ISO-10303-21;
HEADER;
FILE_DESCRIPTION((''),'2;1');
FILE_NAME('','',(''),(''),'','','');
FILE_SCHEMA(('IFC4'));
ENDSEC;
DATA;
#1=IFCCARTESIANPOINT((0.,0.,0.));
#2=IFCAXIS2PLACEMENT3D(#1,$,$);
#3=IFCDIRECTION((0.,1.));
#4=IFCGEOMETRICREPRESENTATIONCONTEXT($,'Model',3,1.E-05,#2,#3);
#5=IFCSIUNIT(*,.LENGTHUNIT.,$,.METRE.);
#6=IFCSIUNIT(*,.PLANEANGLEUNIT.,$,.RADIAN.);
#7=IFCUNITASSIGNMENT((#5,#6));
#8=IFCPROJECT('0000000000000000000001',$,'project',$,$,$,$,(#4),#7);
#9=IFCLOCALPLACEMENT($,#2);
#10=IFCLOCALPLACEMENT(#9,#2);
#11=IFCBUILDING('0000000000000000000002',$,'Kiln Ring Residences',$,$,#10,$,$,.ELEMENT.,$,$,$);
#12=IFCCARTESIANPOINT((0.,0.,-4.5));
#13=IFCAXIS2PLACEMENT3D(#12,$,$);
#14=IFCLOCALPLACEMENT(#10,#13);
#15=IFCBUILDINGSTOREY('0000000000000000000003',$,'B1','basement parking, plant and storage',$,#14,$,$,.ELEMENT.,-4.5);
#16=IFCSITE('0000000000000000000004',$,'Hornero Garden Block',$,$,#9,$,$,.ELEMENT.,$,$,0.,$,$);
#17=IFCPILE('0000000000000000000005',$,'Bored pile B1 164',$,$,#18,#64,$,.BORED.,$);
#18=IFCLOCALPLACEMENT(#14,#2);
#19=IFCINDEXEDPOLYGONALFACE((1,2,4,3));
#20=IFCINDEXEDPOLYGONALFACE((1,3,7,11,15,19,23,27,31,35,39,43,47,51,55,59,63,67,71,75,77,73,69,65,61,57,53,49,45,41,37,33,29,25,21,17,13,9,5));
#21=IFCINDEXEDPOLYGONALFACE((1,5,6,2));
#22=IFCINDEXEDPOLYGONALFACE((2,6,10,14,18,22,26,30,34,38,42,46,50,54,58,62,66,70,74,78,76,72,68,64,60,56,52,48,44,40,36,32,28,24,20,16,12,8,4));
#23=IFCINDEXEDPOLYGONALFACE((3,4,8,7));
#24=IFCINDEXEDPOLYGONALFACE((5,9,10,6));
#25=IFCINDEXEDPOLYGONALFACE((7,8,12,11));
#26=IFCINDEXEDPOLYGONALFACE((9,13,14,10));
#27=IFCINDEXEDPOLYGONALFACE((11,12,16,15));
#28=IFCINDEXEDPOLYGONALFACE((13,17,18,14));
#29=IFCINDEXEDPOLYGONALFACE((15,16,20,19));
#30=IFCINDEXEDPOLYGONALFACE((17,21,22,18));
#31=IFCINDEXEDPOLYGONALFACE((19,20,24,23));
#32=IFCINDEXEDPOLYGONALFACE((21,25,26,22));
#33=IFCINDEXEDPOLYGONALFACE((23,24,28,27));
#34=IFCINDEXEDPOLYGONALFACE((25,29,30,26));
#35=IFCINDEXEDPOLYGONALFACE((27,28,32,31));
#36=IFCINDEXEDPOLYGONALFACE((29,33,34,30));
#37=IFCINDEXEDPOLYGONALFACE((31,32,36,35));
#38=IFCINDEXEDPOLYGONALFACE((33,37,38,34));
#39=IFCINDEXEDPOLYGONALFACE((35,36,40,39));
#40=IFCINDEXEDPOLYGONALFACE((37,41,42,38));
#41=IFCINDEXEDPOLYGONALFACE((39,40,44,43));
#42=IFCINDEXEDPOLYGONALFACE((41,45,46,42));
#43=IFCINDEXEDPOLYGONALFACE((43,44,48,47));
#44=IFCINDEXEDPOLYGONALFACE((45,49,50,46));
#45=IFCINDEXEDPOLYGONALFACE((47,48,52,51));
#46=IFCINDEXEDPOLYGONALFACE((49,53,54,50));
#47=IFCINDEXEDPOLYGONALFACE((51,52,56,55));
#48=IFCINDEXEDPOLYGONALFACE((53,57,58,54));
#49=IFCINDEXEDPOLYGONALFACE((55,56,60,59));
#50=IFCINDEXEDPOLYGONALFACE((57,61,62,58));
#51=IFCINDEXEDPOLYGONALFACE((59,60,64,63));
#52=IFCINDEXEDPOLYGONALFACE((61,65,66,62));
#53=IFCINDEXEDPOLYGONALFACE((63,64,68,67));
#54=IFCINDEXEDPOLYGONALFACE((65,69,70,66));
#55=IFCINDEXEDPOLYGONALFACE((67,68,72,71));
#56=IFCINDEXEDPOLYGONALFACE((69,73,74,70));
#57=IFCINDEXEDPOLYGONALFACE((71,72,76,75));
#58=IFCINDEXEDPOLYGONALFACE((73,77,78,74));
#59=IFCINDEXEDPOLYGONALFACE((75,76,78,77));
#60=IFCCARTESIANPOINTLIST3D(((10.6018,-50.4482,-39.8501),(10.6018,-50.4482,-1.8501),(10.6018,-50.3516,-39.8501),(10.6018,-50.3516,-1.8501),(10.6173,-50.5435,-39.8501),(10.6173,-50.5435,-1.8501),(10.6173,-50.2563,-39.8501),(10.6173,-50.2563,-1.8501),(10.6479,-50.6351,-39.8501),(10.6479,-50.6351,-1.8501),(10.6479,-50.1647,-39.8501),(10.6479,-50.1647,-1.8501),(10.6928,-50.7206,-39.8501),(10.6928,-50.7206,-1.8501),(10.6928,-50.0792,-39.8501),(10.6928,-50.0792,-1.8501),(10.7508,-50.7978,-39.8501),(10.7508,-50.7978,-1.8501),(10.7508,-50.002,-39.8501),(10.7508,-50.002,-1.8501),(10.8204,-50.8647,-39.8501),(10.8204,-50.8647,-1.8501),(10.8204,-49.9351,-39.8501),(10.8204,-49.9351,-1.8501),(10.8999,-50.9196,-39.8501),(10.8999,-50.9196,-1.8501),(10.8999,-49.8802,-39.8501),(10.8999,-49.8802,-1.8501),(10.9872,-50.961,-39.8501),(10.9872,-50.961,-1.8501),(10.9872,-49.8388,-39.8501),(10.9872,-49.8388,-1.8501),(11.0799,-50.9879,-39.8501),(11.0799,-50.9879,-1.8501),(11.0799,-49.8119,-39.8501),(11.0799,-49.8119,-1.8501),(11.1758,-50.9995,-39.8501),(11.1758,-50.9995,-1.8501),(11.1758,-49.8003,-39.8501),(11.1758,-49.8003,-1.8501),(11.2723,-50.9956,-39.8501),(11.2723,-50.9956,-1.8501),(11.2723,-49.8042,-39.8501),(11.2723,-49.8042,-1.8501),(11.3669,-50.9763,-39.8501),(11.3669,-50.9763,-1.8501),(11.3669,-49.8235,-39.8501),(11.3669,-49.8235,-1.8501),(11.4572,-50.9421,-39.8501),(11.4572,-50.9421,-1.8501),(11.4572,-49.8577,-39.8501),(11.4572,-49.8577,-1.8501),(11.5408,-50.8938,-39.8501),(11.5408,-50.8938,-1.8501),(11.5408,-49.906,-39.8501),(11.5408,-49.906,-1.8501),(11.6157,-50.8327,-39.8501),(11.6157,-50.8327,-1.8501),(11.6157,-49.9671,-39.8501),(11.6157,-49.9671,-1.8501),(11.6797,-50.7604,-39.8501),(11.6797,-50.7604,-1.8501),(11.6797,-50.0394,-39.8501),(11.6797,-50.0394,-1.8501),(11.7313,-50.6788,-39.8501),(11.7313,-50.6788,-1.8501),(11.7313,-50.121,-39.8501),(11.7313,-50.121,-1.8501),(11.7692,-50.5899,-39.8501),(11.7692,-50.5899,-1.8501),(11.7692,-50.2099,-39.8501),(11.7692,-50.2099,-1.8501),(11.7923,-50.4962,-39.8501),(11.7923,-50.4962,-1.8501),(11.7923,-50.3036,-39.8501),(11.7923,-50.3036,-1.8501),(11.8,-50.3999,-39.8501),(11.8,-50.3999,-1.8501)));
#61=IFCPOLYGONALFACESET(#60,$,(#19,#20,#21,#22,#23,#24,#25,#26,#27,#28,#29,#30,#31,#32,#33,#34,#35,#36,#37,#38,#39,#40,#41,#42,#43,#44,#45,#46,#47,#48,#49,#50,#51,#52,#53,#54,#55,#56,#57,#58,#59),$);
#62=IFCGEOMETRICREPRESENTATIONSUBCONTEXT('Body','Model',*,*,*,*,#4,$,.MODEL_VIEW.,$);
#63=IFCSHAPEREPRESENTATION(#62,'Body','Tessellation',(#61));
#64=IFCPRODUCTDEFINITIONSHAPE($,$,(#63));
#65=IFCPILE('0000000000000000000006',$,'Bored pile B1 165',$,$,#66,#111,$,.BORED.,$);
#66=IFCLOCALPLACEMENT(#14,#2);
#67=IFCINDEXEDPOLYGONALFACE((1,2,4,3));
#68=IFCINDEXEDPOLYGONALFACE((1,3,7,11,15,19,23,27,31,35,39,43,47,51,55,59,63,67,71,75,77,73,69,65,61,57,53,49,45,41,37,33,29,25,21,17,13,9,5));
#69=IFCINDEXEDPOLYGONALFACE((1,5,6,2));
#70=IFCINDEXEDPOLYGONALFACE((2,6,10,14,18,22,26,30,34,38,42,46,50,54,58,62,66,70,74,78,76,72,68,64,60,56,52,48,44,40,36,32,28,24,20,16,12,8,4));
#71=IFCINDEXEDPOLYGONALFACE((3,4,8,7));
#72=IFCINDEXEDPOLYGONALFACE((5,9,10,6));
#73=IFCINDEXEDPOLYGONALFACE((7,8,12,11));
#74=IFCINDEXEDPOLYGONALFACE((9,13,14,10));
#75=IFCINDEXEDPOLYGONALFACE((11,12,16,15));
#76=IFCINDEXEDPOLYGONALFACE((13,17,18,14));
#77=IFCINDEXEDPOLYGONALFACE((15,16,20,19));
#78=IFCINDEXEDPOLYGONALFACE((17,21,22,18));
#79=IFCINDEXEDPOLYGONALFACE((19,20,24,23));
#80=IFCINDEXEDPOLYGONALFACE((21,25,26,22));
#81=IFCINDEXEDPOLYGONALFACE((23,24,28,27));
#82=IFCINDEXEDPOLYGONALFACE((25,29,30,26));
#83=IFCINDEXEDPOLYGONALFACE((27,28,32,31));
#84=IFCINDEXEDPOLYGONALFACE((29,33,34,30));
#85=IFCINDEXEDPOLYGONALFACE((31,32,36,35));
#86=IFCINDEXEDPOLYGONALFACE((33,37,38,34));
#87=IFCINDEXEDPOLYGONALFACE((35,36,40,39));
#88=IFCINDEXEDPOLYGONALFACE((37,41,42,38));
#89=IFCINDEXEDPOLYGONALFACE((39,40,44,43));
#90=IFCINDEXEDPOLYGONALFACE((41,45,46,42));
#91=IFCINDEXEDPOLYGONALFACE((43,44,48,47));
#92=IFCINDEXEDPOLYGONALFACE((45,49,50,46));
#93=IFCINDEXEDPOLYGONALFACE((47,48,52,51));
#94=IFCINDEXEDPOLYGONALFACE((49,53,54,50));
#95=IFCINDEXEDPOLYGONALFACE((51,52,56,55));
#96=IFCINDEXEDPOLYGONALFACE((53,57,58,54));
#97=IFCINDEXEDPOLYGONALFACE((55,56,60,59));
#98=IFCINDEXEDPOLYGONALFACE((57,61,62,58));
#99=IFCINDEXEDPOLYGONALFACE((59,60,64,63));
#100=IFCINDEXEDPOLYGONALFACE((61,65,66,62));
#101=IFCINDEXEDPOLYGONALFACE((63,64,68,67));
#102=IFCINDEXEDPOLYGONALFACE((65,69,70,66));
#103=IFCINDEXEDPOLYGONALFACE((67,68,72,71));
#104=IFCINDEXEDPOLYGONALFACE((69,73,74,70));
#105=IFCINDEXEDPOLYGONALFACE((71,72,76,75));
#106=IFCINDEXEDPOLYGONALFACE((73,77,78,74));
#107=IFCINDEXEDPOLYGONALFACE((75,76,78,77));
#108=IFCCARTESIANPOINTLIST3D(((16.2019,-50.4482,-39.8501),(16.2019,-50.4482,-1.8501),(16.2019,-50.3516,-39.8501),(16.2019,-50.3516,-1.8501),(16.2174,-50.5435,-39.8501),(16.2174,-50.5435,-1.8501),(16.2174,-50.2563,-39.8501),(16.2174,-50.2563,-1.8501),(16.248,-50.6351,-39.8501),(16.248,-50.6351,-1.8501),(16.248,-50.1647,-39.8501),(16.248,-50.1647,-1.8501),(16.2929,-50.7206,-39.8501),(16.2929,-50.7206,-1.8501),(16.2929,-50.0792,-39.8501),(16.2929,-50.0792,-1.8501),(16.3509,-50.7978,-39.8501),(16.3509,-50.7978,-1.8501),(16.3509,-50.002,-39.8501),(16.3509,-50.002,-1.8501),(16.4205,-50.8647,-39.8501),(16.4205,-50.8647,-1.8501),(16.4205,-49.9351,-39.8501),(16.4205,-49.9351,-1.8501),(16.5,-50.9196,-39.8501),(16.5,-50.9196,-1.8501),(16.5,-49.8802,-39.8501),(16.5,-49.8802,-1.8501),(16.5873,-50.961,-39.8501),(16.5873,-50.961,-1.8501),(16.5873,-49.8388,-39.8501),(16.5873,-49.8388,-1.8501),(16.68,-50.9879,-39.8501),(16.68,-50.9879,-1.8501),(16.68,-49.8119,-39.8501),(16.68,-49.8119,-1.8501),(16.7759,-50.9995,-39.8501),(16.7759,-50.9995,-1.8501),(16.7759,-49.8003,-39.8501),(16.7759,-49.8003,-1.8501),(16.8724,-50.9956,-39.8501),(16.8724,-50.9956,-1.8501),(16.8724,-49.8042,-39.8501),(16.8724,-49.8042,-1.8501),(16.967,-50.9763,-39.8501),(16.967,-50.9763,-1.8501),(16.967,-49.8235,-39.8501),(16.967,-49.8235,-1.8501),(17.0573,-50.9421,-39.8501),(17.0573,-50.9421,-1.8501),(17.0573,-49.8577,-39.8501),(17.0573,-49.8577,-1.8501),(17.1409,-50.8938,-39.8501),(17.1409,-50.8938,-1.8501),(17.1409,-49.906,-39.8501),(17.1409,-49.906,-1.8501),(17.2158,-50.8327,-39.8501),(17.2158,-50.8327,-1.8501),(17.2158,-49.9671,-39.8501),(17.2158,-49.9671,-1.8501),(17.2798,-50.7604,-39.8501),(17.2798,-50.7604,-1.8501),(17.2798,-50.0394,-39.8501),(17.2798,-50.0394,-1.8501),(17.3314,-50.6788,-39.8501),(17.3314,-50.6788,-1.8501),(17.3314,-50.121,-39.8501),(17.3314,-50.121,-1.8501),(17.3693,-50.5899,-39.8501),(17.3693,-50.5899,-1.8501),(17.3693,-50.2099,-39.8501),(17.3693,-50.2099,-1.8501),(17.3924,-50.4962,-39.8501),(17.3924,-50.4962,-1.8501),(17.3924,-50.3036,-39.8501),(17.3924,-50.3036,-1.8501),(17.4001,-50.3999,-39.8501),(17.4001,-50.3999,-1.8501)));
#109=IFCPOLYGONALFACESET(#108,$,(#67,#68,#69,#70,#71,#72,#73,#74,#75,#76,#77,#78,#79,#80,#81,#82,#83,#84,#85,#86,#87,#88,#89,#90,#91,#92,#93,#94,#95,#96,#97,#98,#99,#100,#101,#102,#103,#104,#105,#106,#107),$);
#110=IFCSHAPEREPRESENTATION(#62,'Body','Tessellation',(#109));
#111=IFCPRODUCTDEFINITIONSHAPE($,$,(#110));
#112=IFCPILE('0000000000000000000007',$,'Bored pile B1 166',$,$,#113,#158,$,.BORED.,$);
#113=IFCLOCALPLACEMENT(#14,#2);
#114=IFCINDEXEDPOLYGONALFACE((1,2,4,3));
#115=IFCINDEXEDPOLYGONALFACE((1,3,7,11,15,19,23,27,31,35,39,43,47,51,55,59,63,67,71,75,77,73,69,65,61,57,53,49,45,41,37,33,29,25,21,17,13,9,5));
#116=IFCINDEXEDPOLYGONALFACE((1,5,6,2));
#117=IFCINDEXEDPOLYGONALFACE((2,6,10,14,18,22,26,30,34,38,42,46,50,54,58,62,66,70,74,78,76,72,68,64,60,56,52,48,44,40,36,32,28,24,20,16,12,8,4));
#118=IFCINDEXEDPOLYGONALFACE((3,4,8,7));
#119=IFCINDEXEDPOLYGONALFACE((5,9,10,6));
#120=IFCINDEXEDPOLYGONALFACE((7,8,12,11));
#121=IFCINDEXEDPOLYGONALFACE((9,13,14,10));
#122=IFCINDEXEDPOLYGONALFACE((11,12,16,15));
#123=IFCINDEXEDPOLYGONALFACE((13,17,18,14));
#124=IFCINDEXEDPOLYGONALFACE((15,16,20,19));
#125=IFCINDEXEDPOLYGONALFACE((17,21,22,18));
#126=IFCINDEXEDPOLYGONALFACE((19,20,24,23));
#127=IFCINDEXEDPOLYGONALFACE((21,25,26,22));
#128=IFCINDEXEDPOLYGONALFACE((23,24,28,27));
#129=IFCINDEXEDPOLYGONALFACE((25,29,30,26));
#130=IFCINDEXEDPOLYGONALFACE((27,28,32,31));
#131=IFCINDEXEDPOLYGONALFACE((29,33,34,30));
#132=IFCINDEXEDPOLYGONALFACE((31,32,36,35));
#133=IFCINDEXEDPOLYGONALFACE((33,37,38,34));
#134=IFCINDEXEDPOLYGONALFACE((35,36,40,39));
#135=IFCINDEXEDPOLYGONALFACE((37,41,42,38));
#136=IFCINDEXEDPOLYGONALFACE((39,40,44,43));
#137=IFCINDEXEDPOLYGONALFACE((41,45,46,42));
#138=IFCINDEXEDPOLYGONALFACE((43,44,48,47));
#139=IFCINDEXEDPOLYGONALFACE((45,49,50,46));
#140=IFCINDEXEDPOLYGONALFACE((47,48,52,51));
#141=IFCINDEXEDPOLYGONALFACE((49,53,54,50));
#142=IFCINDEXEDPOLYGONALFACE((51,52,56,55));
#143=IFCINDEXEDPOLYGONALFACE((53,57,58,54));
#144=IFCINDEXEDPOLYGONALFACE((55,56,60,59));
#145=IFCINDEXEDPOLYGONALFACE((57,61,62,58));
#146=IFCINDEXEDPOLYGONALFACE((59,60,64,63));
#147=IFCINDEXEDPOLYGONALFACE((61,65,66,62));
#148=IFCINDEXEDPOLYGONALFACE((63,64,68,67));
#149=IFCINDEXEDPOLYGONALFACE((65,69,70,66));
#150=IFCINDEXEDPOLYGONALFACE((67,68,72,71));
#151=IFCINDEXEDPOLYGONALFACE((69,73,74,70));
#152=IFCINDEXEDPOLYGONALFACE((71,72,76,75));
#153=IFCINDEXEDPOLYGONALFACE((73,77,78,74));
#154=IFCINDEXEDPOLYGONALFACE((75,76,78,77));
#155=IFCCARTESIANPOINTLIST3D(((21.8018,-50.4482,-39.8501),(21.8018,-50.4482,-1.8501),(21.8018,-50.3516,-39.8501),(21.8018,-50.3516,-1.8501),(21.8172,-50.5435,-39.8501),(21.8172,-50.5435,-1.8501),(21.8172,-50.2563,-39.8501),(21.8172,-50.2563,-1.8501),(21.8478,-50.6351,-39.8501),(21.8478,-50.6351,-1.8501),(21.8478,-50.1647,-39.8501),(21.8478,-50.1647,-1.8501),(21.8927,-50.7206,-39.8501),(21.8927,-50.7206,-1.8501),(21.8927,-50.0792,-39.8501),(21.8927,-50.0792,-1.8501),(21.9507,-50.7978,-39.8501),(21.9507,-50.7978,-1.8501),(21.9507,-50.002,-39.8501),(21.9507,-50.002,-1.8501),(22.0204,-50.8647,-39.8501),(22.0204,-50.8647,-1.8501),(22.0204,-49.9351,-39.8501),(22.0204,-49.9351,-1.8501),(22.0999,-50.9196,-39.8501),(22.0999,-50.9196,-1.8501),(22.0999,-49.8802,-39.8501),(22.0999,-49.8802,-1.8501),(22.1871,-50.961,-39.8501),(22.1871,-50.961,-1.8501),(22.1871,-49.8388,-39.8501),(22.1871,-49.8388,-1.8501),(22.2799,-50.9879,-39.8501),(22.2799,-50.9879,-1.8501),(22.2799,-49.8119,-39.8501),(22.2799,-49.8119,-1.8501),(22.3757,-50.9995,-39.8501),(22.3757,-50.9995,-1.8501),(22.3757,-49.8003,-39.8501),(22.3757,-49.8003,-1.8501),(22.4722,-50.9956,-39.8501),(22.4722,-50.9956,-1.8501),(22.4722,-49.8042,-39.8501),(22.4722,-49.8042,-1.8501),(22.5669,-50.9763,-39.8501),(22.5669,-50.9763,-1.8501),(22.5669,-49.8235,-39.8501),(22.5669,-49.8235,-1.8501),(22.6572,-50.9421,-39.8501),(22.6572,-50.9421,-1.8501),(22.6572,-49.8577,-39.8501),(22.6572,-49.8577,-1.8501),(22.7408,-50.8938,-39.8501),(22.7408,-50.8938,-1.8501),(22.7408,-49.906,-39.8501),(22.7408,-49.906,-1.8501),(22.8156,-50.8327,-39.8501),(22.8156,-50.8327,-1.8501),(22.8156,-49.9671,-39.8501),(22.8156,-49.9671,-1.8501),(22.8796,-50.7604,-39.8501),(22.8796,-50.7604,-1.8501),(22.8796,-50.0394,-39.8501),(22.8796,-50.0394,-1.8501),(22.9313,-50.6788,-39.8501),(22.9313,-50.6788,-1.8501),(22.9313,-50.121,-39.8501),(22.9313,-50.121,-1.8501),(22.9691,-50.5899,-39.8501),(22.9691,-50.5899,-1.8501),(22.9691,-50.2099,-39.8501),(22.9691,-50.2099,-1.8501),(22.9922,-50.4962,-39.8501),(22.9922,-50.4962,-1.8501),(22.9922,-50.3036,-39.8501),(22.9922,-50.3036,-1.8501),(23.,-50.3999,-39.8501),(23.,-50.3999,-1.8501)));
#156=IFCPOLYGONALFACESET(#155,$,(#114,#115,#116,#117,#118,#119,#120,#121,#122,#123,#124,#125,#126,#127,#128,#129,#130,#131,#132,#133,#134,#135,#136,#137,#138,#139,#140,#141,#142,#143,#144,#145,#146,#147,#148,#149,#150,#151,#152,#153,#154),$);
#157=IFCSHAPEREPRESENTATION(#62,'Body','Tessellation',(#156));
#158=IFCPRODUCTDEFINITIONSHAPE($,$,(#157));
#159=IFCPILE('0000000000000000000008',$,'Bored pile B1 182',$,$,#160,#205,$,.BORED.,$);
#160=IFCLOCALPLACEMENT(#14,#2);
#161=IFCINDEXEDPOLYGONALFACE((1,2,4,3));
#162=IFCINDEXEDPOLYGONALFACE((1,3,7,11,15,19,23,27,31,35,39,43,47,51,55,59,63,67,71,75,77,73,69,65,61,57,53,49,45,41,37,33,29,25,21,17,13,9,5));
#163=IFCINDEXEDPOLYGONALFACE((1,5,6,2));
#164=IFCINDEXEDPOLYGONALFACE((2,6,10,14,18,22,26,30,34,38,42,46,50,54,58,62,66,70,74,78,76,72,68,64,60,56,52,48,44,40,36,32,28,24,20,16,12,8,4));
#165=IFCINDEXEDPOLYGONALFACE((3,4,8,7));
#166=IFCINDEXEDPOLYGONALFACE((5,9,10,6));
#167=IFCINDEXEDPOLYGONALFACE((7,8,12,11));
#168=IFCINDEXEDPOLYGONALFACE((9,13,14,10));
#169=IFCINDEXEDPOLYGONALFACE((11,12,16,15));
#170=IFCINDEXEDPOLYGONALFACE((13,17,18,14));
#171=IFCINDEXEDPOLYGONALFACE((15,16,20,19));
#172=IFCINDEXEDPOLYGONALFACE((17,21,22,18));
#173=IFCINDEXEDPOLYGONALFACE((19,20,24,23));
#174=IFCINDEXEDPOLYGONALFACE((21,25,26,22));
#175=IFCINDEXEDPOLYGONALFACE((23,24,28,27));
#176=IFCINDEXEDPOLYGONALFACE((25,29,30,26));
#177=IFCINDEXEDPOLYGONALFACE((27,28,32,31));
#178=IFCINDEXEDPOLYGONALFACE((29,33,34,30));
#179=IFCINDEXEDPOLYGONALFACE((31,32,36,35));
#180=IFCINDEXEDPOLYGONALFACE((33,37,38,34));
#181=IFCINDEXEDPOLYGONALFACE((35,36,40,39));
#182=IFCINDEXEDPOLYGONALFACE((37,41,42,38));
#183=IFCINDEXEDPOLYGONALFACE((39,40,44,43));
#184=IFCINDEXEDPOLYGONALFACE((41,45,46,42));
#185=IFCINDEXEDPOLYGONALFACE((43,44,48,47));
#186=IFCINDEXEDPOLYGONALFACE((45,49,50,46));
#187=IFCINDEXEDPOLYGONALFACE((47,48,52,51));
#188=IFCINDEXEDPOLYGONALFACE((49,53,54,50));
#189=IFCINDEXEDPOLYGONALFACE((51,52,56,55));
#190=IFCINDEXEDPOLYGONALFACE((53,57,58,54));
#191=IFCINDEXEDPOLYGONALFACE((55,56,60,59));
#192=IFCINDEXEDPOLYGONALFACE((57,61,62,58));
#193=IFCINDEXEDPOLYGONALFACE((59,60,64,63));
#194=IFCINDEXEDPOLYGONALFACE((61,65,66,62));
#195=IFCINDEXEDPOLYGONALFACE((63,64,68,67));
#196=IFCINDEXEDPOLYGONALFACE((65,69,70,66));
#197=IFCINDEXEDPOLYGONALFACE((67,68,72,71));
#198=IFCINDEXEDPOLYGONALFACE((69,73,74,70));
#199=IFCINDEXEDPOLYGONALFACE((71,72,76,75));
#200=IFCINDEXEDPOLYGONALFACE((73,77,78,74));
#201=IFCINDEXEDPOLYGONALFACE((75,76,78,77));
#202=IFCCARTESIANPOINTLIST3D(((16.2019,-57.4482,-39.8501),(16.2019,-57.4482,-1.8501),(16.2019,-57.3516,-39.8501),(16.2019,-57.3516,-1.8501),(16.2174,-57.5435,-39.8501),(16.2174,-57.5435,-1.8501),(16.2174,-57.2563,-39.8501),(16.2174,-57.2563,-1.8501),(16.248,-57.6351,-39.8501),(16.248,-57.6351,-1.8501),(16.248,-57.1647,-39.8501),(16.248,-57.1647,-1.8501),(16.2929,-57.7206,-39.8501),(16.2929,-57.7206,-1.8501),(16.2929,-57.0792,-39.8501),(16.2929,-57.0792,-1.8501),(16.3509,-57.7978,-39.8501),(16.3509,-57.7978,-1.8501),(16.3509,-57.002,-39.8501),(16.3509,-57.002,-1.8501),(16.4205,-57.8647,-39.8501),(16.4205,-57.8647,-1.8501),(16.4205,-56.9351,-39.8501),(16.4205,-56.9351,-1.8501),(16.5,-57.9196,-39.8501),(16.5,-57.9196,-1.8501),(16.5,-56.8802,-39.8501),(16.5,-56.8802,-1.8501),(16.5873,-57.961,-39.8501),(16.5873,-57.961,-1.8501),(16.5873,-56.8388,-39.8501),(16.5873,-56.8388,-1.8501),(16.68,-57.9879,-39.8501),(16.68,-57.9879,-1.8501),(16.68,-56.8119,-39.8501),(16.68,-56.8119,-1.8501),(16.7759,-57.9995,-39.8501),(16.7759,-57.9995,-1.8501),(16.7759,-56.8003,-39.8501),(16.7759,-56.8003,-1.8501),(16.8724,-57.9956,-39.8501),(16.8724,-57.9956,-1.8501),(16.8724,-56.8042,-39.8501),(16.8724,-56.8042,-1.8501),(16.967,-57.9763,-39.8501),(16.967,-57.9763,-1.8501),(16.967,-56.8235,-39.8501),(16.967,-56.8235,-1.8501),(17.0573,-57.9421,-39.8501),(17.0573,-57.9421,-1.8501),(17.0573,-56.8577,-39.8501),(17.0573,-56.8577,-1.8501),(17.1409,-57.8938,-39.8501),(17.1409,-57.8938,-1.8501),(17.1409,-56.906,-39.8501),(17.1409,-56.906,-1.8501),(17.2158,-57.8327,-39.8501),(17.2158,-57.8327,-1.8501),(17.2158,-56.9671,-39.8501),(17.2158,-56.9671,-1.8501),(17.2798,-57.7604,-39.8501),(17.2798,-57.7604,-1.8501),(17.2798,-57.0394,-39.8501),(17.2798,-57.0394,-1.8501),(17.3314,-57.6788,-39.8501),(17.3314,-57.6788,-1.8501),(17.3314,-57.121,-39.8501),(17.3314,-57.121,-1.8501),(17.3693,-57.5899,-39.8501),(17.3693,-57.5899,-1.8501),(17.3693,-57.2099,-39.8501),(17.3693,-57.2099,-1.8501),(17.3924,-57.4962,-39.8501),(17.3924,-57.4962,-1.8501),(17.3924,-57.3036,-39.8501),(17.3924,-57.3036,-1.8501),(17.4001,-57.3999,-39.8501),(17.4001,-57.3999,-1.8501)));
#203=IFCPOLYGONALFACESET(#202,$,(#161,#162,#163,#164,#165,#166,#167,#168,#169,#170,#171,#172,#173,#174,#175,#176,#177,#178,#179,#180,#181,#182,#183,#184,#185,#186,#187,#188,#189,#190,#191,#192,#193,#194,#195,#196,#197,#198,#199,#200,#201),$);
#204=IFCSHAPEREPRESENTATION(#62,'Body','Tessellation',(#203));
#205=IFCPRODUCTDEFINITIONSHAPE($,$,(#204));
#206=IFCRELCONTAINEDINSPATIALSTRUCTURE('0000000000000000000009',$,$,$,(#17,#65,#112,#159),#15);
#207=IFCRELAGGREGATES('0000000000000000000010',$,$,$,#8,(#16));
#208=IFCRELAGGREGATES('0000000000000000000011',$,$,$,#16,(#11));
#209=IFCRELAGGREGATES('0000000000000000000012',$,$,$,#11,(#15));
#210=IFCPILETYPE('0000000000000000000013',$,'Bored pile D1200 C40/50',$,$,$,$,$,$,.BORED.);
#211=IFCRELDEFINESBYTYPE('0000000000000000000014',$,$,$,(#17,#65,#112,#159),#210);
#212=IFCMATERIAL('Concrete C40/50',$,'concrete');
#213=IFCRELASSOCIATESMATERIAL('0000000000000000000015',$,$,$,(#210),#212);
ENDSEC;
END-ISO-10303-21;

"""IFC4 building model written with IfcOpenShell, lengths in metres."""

from ifc_helpers import new_model, si_unit, direction, frame, origin, origin_2d, place, context, subcontext, project, spatial, circle, extrude, material, material_profile, profile_set, type_object, element, save


model = new_model("IFC4")

# Units and contexts
model_context = context("Model", 3, precision=1e-05, world=origin(), true_north=direction((0.0, 1.0)))
body_context = subcontext(model_context, "Body", "Model", "MODEL_VIEW")
ifc_project = project(units=[si_unit("LENGTHUNIT", "METRE"), si_unit("PLANEANGLEUNIT", "RADIAN")], contexts=[model_context])

# Site, building, storey
site_placement = place(None, origin())
site = spatial("IfcSite", under=ifc_project, at=site_placement, Name="Hornero Garden Block", CompositionType="ELEMENT", RefElevation=0.0)
building_placement = place(site_placement, origin())
building = spatial("IfcBuilding", under=site, at=building_placement, Name="Kiln Ring Residences", CompositionType="ELEMENT")
storey_placement = place(building_placement, frame((0.0, 0.0, -4.5)))
storey = spatial("IfcBuildingStorey", under=building, at=storey_placement, Name="B1", Description="basement parking, plant and storage", CompositionType="ELEMENT", Elevation=-4.5)

# Piles
ifc_material_1 = material(Name="Concrete C40/50", Category="concrete")
ifc_material_profile_1 = material_profile(ifc_material_1, circle(Radius=0.6001, at=origin_2d()), Name="BORED1200")
ifc_profile_set_1 = profile_set([ifc_material_profile_1], Name="Concrete C40/50")
pile_type = type_object("IfcPileType", Name="Bored pile D1200 C40/50", PredefinedType="BORED", material=ifc_profile_set_1)
for number, where, z_axis, x_axis, name in (
    (1, (11.2, -50.3999, -1.8501), (0.0, 0.0, -1.0), (1.0, 0.0, 0.0), "Bored pile B1 164"),
    (2, (16.8, -50.3999, -1.8501), (0.0, 0.0, -1.0), (1.0, 0.0, 0.0), "Bored pile B1 165"),
    (3, (22.3999, -50.3999, -1.8501), (0.0, 0.0, -1.0), (1.0, 0.0, 0.0), "Bored pile B1 166"),
    (4, (16.8, -57.3999, -1.8501), (0.0, 0.0, -1.0), (1.0, 0.0, 0.0), "Bored pile B1 182"),
):
    element("IfcPile", number, at=place(storey_placement, frame(where, z_axis=z_axis, x_axis=x_axis)), inside=storey, type_object=pile_type, Name=name, PredefinedType="BORED", context=body_context, shape_type="SweptSolid", body=[
        extrude(circle(Radius=0.6001, at=origin_2d()), origin(), (0.0, 0.0, 1.0), 38.0),
    ])

save(model, "model.ifc")
